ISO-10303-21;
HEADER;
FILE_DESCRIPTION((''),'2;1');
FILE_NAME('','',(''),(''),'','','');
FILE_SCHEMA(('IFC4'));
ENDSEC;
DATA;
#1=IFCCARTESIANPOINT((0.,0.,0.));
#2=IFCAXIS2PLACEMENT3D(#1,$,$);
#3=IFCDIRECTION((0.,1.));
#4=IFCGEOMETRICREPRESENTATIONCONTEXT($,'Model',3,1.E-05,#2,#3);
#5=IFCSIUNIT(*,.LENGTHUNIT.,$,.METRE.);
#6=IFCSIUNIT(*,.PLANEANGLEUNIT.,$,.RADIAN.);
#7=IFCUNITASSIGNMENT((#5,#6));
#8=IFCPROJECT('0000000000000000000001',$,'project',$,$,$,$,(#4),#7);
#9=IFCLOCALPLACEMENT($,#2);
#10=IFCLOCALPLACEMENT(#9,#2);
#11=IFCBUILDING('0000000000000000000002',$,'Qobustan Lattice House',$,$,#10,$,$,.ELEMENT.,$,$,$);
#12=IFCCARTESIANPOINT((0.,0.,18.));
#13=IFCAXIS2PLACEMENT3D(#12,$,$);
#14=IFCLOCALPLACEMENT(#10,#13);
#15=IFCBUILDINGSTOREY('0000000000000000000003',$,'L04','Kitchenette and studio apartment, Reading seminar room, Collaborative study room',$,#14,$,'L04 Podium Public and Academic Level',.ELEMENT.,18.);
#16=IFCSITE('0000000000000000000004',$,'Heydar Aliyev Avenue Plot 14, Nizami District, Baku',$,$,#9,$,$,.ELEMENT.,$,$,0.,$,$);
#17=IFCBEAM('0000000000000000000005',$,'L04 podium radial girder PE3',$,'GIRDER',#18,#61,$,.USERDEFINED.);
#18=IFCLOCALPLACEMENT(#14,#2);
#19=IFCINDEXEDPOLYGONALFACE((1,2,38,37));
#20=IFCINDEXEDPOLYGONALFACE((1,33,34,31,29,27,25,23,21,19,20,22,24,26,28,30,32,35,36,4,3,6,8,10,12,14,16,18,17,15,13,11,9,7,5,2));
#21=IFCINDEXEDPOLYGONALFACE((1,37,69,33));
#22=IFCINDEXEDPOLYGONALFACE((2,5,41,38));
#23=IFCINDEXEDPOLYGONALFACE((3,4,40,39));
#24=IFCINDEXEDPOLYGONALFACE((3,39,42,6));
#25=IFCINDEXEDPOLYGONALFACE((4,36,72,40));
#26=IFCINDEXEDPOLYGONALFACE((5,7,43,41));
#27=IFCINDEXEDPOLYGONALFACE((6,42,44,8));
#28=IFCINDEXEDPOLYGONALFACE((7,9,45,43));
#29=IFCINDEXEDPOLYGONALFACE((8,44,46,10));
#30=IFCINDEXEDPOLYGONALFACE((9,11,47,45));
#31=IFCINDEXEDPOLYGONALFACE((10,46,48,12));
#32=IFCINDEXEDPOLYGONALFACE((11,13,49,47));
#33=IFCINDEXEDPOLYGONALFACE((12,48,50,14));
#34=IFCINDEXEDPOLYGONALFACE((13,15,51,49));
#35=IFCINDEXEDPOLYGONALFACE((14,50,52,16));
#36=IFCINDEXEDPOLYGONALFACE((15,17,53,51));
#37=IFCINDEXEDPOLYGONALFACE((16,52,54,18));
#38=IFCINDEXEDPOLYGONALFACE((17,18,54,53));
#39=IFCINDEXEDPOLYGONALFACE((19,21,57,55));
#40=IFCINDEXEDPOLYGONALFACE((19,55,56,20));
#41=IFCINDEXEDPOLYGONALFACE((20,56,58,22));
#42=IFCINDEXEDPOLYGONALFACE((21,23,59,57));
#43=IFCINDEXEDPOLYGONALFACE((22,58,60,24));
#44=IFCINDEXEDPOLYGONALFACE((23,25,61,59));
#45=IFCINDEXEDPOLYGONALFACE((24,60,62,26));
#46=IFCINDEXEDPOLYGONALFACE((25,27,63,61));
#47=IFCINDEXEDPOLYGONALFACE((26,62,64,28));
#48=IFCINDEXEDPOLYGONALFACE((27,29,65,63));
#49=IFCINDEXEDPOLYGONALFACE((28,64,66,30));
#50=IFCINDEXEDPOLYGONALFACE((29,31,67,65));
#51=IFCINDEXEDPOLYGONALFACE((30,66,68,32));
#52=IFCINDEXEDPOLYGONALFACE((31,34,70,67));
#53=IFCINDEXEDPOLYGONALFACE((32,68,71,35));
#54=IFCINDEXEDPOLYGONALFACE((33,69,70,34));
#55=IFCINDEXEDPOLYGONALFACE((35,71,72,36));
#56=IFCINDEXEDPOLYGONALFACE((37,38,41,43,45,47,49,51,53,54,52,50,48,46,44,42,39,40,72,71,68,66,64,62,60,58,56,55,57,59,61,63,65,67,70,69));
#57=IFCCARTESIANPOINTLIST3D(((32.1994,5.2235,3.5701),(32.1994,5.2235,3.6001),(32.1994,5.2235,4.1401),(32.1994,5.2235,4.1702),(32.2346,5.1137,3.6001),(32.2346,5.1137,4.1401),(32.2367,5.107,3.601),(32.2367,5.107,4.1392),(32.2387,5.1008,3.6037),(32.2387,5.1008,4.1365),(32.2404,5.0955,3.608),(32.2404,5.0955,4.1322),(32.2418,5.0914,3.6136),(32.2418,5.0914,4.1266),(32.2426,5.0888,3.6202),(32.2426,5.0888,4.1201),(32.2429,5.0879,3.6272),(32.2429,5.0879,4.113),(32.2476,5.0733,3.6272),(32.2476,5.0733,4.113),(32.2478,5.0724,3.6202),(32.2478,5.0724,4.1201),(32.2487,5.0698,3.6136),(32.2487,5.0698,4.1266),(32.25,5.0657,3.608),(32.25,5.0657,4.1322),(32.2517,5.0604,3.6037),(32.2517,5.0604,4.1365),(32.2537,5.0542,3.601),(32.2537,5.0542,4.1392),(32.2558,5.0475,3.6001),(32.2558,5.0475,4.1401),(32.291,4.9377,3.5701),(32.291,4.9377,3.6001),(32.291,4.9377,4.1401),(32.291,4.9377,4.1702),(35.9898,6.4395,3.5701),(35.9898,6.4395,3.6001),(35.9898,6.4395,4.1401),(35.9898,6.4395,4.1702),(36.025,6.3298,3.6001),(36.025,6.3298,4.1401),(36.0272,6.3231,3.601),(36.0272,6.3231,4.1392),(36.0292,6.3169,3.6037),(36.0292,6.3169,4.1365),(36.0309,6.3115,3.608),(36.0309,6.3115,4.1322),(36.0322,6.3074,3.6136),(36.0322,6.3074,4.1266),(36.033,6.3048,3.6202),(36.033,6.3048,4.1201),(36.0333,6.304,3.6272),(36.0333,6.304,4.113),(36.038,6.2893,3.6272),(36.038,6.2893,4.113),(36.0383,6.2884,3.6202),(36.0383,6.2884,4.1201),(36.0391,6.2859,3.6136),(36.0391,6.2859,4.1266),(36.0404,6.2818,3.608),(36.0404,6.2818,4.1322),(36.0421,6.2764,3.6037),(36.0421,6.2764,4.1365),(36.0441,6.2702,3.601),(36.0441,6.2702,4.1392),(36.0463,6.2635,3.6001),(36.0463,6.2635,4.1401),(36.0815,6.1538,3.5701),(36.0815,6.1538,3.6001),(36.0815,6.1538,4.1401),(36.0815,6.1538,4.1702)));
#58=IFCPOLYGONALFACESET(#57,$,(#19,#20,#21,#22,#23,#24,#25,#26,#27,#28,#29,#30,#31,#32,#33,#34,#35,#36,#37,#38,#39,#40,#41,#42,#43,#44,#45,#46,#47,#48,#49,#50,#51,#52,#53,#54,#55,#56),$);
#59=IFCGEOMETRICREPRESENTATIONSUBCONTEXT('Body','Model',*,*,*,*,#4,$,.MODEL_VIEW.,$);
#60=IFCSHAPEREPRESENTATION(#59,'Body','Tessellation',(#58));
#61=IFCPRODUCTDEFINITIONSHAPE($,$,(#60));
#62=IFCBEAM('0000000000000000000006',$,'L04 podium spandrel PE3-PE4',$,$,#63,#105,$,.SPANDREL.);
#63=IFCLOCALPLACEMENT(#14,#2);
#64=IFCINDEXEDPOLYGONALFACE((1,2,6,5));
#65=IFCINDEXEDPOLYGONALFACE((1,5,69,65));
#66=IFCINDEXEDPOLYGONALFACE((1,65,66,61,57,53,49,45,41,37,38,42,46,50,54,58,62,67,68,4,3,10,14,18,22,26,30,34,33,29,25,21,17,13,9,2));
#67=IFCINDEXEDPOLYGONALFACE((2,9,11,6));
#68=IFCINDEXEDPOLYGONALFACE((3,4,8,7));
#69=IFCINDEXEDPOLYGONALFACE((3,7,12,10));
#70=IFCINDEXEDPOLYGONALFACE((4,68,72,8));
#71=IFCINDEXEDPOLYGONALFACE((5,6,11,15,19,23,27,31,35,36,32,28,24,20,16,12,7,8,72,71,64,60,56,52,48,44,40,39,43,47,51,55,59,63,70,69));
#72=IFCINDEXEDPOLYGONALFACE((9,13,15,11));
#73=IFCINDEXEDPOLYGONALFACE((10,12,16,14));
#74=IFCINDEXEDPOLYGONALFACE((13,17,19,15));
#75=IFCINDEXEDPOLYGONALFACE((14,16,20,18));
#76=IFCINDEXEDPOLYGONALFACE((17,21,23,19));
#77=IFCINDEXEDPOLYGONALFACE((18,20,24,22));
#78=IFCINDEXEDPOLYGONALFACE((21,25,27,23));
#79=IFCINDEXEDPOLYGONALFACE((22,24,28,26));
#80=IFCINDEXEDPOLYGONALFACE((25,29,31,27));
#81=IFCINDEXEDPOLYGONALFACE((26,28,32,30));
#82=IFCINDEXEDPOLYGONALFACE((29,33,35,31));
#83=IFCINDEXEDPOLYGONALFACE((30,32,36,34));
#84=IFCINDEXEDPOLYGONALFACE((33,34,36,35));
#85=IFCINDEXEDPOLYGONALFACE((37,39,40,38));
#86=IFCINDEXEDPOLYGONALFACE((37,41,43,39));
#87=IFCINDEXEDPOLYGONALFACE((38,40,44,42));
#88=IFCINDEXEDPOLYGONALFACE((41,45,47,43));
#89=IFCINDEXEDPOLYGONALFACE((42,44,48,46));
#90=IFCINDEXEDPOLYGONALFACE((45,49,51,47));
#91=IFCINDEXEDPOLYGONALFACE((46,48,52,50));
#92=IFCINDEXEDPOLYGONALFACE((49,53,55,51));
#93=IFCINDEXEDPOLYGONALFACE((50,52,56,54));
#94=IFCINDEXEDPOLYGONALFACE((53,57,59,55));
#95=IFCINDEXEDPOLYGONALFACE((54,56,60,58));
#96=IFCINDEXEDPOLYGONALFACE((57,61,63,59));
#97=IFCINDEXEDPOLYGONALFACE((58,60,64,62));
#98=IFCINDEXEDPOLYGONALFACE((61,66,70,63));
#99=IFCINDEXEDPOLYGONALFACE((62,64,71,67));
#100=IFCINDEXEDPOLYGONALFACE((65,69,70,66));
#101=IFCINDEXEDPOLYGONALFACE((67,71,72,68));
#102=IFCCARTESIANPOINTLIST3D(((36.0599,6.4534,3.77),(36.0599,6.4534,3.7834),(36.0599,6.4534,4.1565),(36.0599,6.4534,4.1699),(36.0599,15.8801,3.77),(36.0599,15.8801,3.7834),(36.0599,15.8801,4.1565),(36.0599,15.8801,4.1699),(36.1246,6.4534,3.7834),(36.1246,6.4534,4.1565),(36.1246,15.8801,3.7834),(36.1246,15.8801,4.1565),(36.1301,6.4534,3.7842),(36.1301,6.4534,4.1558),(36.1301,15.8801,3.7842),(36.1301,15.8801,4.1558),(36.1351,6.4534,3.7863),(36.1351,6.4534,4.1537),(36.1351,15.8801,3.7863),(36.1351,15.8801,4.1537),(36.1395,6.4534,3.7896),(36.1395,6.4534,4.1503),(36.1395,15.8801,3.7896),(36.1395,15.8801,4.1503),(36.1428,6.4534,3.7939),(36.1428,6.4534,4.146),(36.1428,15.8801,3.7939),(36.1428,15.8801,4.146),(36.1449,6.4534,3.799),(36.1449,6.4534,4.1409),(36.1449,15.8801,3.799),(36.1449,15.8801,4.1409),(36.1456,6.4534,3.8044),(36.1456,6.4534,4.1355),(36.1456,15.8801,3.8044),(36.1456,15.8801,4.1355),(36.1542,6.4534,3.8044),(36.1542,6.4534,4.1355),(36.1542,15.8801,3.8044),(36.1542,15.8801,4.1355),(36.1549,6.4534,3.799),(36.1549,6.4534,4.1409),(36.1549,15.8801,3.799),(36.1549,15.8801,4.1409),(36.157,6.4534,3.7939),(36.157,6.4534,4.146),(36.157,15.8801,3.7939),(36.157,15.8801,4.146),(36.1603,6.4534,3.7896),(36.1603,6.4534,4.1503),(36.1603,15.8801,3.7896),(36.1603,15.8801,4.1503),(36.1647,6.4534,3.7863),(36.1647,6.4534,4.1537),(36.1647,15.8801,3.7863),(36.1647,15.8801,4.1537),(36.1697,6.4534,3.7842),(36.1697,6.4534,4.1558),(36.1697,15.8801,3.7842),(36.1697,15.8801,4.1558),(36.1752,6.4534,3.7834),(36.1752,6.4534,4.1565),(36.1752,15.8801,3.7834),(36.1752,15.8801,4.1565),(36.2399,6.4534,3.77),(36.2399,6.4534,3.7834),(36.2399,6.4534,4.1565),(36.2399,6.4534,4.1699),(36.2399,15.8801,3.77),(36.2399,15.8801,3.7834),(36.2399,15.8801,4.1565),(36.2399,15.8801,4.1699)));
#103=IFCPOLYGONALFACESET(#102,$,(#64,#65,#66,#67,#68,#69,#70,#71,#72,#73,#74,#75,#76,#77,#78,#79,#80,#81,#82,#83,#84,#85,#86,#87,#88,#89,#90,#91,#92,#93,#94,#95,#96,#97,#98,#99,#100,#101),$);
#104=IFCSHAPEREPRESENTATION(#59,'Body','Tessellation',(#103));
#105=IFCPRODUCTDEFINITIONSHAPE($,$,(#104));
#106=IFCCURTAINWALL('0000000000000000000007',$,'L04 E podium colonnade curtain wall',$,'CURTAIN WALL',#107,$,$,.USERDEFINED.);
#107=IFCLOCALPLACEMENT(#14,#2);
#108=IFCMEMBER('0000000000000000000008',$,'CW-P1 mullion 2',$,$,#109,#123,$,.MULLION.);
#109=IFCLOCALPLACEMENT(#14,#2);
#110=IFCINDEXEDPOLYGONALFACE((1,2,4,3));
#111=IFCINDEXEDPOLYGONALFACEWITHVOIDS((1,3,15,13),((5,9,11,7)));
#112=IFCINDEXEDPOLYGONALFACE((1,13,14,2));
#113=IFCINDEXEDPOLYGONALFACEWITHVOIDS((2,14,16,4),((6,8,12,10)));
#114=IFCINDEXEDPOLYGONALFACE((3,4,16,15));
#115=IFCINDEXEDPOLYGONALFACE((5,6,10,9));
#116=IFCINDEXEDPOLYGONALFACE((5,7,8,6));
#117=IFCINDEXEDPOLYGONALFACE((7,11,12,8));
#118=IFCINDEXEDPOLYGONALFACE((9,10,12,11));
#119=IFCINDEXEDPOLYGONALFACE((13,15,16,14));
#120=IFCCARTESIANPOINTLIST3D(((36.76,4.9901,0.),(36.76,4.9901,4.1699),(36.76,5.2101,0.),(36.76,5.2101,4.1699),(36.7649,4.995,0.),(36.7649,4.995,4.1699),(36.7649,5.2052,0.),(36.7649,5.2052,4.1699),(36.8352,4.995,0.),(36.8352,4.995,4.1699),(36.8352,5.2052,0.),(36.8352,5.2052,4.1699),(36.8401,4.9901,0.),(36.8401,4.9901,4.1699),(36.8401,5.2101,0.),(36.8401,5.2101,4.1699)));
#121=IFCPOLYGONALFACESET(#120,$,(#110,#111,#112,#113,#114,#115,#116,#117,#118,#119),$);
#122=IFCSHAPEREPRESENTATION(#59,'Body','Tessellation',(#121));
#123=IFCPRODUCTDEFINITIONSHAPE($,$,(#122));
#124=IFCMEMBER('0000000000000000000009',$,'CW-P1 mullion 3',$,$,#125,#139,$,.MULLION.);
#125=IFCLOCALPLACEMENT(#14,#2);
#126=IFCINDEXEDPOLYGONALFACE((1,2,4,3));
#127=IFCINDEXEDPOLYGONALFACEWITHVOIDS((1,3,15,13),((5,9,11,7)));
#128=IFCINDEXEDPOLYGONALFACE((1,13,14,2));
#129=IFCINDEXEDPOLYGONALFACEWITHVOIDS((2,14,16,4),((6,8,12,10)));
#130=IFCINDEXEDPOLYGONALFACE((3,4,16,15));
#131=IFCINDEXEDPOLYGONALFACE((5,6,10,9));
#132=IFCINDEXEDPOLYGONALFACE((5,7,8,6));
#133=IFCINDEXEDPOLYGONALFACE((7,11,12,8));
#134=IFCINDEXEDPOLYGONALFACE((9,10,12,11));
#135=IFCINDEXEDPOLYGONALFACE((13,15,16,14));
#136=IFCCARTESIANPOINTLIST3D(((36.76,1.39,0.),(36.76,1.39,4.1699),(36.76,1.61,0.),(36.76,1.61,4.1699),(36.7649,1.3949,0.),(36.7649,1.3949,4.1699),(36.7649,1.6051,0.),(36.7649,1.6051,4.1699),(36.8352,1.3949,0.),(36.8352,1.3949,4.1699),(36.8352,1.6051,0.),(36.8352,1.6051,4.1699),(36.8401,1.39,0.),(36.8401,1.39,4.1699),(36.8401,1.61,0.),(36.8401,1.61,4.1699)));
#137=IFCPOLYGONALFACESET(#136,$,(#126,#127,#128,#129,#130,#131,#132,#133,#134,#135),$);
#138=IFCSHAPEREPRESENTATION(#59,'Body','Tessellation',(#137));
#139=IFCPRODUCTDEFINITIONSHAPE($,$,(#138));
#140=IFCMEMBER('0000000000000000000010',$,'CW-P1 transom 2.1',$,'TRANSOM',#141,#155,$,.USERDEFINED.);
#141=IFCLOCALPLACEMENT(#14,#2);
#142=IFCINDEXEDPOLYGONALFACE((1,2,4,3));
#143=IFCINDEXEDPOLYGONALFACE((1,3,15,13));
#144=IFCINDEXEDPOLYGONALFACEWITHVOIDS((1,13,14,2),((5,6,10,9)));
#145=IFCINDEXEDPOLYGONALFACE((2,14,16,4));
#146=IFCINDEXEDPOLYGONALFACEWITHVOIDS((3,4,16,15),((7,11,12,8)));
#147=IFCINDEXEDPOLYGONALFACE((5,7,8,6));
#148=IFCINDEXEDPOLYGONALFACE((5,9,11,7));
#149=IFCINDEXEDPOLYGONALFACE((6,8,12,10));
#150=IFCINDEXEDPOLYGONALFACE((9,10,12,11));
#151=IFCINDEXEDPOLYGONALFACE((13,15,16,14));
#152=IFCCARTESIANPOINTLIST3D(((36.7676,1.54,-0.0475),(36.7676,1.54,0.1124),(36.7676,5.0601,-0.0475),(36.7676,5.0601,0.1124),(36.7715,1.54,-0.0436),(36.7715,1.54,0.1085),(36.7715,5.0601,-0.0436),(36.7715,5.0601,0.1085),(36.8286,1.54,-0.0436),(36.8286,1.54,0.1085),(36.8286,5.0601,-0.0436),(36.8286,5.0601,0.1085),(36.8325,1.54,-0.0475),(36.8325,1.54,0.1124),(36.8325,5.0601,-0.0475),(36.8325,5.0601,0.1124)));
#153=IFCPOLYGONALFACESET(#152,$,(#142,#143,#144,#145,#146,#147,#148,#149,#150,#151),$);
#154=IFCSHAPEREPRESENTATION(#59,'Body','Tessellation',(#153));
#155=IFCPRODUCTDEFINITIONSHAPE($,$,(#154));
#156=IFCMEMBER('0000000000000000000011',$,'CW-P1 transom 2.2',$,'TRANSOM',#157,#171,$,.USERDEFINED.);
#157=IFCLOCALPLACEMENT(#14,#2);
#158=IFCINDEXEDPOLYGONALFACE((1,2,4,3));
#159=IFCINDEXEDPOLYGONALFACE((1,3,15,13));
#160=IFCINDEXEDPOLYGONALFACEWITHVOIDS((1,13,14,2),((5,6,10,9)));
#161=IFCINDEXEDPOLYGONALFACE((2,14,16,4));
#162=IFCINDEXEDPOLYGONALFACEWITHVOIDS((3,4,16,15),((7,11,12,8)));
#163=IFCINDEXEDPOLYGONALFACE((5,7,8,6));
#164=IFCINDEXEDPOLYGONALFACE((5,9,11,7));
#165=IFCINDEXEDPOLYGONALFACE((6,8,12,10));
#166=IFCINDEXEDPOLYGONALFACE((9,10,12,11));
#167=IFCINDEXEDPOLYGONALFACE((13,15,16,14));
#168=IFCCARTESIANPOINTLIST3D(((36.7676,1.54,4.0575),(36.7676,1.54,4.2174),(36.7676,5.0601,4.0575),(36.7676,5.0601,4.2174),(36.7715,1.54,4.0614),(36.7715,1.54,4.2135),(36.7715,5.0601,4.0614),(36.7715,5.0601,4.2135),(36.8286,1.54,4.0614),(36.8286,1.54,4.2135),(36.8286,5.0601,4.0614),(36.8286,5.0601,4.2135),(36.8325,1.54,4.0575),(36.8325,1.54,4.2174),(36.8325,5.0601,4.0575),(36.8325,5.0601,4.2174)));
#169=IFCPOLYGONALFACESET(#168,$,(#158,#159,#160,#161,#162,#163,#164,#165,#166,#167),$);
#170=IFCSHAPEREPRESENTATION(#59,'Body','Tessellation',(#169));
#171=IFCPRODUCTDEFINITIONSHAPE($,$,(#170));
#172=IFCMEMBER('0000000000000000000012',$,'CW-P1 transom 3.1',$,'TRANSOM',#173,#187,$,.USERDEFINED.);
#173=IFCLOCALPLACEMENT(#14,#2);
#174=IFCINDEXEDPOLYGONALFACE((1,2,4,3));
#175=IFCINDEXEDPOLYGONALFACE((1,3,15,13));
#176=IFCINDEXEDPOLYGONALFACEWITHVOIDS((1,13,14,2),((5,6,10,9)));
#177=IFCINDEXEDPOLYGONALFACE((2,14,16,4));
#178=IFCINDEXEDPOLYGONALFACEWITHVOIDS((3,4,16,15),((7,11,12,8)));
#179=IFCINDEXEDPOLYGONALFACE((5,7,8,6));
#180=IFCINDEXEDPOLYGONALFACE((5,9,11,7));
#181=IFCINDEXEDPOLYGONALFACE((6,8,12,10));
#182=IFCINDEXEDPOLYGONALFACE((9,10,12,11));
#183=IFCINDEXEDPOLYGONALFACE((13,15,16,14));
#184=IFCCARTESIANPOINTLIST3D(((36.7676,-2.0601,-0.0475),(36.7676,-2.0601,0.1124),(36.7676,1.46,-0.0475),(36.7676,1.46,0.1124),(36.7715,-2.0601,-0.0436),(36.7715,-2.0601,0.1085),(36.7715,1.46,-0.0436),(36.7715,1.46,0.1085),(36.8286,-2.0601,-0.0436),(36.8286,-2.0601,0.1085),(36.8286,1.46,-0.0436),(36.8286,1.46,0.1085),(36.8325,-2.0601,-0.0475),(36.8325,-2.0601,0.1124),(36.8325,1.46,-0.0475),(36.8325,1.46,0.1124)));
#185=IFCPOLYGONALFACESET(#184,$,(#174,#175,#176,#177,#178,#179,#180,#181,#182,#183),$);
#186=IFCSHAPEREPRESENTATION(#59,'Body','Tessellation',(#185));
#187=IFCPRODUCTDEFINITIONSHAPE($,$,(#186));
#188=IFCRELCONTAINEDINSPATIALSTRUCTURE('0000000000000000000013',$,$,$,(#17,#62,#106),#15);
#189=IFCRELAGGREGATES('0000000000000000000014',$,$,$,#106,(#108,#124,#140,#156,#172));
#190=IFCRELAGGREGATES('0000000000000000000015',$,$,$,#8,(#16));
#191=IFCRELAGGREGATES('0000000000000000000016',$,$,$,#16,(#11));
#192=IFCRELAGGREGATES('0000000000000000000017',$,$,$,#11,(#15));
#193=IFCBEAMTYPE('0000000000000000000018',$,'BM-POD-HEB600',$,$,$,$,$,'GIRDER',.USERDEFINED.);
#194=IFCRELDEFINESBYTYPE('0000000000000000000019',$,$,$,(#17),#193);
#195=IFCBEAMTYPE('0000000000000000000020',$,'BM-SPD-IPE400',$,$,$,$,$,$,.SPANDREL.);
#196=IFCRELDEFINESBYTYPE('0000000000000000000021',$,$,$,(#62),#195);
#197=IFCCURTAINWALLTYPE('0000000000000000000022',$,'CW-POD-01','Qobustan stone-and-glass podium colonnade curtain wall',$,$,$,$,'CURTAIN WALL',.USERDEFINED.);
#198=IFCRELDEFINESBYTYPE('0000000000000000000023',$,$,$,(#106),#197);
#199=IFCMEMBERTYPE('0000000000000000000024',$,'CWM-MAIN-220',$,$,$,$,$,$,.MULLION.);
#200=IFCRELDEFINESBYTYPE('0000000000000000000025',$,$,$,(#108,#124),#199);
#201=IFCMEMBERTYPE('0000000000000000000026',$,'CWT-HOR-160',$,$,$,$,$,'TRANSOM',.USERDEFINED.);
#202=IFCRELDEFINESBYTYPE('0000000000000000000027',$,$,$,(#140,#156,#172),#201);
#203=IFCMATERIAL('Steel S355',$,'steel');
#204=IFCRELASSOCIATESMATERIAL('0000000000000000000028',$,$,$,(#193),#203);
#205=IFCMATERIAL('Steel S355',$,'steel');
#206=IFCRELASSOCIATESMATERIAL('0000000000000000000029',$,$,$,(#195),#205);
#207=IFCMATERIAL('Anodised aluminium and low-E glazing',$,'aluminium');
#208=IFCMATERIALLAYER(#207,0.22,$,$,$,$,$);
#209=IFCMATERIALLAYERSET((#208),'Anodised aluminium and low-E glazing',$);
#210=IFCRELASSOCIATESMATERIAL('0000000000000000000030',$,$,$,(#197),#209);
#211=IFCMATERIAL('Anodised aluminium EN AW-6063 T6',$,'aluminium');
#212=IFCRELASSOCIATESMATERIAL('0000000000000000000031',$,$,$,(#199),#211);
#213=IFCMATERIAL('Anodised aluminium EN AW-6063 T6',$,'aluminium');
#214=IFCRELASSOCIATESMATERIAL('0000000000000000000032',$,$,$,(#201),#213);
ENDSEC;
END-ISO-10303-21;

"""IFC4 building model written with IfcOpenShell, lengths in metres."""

from ifc_helpers import new_model, si_unit, direction, frame, origin, origin_2d, place, context, subcontext, project, spatial, hollow_rectangle, i_section, extrude, material, layer, layer_set, material_profile, profile_set, type_object, element, aggregate, save


model = new_model("IFC4")

# Units and contexts
model_context = context("Model", 3, precision=1e-05, world=origin(), true_north=direction((0.0, 1.0)))
body_context = subcontext(model_context, "Body", "Model", "MODEL_VIEW")
ifc_project = project(units=[si_unit("LENGTHUNIT", "METRE"), si_unit("PLANEANGLEUNIT", "RADIAN")], contexts=[model_context])

# Site, building, storey
site_placement = place(None, origin())
site = spatial("IfcSite", under=ifc_project, at=site_placement, Name="Heydar Aliyev Avenue Plot 14, Nizami District, Baku", CompositionType="ELEMENT", RefElevation=0.0)
building_placement = place(site_placement, origin())
building = spatial("IfcBuilding", under=site, at=building_placement, Name="Qobustan Lattice House", CompositionType="ELEMENT")
storey_placement = place(building_placement, frame((0.0, 0.0, 18.0)))
storey = spatial("IfcBuildingStorey", under=building, at=storey_placement, Name="L04", Description="Kitchenette and studio apartment, Reading seminar room, Collaborative study room", LongName="L04 Podium Public and Academic Level", CompositionType="ELEMENT", Elevation=18.0)

# Beams
ifc_material_1 = material(Name="Steel S355", Category="steel")
ifc_material_profile_1 = material_profile(ifc_material_1, i_section(OverallWidth=0.3, OverallDepth=0.6001, WebThickness=0.0154, FlangeThickness=0.03, FilletRadius=0.0271, at=origin_2d()), Name="HEB600")
ifc_profile_set_1 = profile_set([ifc_material_profile_1], Name="Steel S355")
beam_type_1 = type_object("IfcBeamType", Name="BM-POD-HEB600", ElementType="GIRDER", PredefinedType="USERDEFINED", material=ifc_profile_set_1)
beam_1_placement = place(storey_placement, frame((36.0356, 6.2966, 3.8701), z_axis=(-0.952198, -0.305481, 0.0), x_axis=(0.305481, -0.952198, 0.0)))
element("IfcBeam", 1, at=beam_1_placement, inside=storey, type_object=beam_type_1, Name="L04 podium radial girder PE3", ObjectType="GIRDER", PredefinedType="USERDEFINED", context=body_context, shape_type="SweptSolid", body=[
    extrude(i_section(OverallWidth=0.3, OverallDepth=0.6001, WebThickness=0.0154, FlangeThickness=0.03, FilletRadius=0.0271, at=origin_2d()), origin(), (0.0, 0.0, 1.0), 3.9807),
])
ifc_material_2 = material(Name="Steel S355", Category="steel")
ifc_material_profile_2 = material_profile(ifc_material_2, i_section(OverallWidth=0.1799, OverallDepth=0.3999, WebThickness=0.0085, FlangeThickness=0.0134, FilletRadius=0.021, at=origin_2d()), Name="IPE400")
ifc_profile_set_2 = profile_set([ifc_material_profile_2], Name="Steel S355")
beam_type_2 = type_object("IfcBeamType", Name="BM-SPD-IPE400", PredefinedType="SPANDREL", material=ifc_profile_set_2)
beam_2_placement = place(storey_placement, frame((36.1499, 6.4534, 3.97), z_axis=(0.0, 1.0, 0.0), x_axis=(-1.0, 0.0, 0.0)))
element("IfcBeam", 2, at=beam_2_placement, inside=storey, type_object=beam_type_2, Name="L04 podium spandrel PE3-PE4", PredefinedType="SPANDREL", context=body_context, shape_type="SweptSolid", body=[
    extrude(i_section(OverallWidth=0.1799, OverallDepth=0.3999, WebThickness=0.0085, FlangeThickness=0.0134, FilletRadius=0.021, at=origin_2d()), origin(), (0.0, 0.0, 1.0), 9.4268),
])

# Curtain wall, members
ifc_material_3 = material(Name="Anodised aluminium and low-E glazing", Category="aluminium")
ifc_layer_1 = layer(ifc_material_3, 0.22)
ifc_layer_set_1 = layer_set([ifc_layer_1], Name="Anodised aluminium and low-E glazing")
curtain_wall_type = type_object("IfcCurtainWallType", Name="CW-POD-01", Description="Qobustan stone-and-glass podium colonnade curtain wall", ElementType="CURTAIN WALL", PredefinedType="USERDEFINED", material=ifc_layer_set_1)
curtain_wall_placement = place(storey_placement, origin())
curtain_wall = element("IfcCurtainWall", 3, at=curtain_wall_placement, inside=storey, type_object=curtain_wall_type, Name="L04 E podium colonnade curtain wall", ObjectType="CURTAIN WALL", PredefinedType="USERDEFINED")
ifc_material_4 = material(Name="Anodised aluminium EN AW-6063 T6", Category="aluminium")
ifc_material_profile_3 = material_profile(ifc_material_4, hollow_rectangle(XDim=0.0801, YDim=0.22, WallThickness=0.0049, at=origin_2d()), Name="CWM-220x80")
ifc_profile_set_3 = profile_set([ifc_material_profile_3], Name="Anodised aluminium EN AW-6063 T6")
member_type_1 = type_object("IfcMemberType", Name="CWM-MAIN-220", PredefinedType="MULLION", material=ifc_profile_set_3)
member_1_placement = place(storey_placement, frame((36.8, 5.1001, 0.0), z_axis=(0.0, 0.0, 1.0), x_axis=(1.0, 0.0, 0.0)))
member_1 = element("IfcMember", 4, at=member_1_placement, type_object=member_type_1, Name="CW-P1 mullion 2", PredefinedType="MULLION", context=body_context, shape_type="SweptSolid", body=[
    extrude(hollow_rectangle(XDim=0.0801, YDim=0.22, WallThickness=0.0049, at=origin_2d()), origin(), (0.0, 0.0, 1.0), 4.1699),
])
member_2_placement = place(storey_placement, frame((36.8, 1.5, 0.0), z_axis=(0.0, 0.0, 1.0), x_axis=(1.0, 0.0, 0.0)))
member_2 = element("IfcMember", 5, at=member_2_placement, type_object=member_type_1, Name="CW-P1 mullion 3", PredefinedType="MULLION", context=body_context, shape_type="SweptSolid", body=[
    extrude(hollow_rectangle(XDim=0.0801, YDim=0.22, WallThickness=0.0049, at=origin_2d()), origin(), (0.0, 0.0, 1.0), 4.1699),
])
ifc_material_5 = material(Name="Anodised aluminium EN AW-6063 T6", Category="aluminium")
ifc_material_profile_4 = material_profile(ifc_material_5, hollow_rectangle(XDim=0.0649, YDim=0.1599, WallThickness=0.0039, at=origin_2d()), Name="CWT-160x65")
ifc_profile_set_4 = profile_set([ifc_material_profile_4], Name="Anodised aluminium EN AW-6063 T6")
member_type_2 = type_object("IfcMemberType", Name="CWT-HOR-160", ElementType="TRANSOM", PredefinedType="USERDEFINED", material=ifc_profile_set_4)
member_3_placement = place(storey_placement, frame((36.8, 5.0601, 0.0325), z_axis=(0.0, -1.0, 0.0), x_axis=(1.0, 0.0, 0.0)))
member_3 = element("IfcMember", 6, at=member_3_placement, type_object=member_type_2, Name="CW-P1 transom 2.1", ObjectType="TRANSOM", PredefinedType="USERDEFINED", context=body_context, shape_type="SweptSolid", body=[
    extrude(hollow_rectangle(XDim=0.0649, YDim=0.1599, WallThickness=0.0039, at=origin_2d()), origin(), (0.0, 0.0, 1.0), 3.52),
])
member_4_placement = place(storey_placement, frame((36.8, 5.0601, 4.1375), z_axis=(0.0, -1.0, 0.0), x_axis=(1.0, 0.0, 0.0)))
member_4 = element("IfcMember", 7, at=member_4_placement, type_object=member_type_2, Name="CW-P1 transom 2.2", ObjectType="TRANSOM", PredefinedType="USERDEFINED", context=body_context, shape_type="SweptSolid", body=[
    extrude(hollow_rectangle(XDim=0.0649, YDim=0.1599, WallThickness=0.0039, at=origin_2d()), origin(), (0.0, 0.0, 1.0), 3.52),
])
member_5_placement = place(storey_placement, frame((36.8, 1.46, 0.0325), z_axis=(0.0, -1.0, 0.0), x_axis=(1.0, 0.0, 0.0)))
member_5 = element("IfcMember", 8, at=member_5_placement, type_object=member_type_2, Name="CW-P1 transom 3.1", ObjectType="TRANSOM", PredefinedType="USERDEFINED", context=body_context, shape_type="SweptSolid", body=[
    extrude(hollow_rectangle(XDim=0.0649, YDim=0.1599, WallThickness=0.0039, at=origin_2d()), origin(), (0.0, 0.0, 1.0), 3.52),
])
aggregate(curtain_wall, [member_1, member_2, member_3, member_4, member_5])

save(model, "model.ifc")
